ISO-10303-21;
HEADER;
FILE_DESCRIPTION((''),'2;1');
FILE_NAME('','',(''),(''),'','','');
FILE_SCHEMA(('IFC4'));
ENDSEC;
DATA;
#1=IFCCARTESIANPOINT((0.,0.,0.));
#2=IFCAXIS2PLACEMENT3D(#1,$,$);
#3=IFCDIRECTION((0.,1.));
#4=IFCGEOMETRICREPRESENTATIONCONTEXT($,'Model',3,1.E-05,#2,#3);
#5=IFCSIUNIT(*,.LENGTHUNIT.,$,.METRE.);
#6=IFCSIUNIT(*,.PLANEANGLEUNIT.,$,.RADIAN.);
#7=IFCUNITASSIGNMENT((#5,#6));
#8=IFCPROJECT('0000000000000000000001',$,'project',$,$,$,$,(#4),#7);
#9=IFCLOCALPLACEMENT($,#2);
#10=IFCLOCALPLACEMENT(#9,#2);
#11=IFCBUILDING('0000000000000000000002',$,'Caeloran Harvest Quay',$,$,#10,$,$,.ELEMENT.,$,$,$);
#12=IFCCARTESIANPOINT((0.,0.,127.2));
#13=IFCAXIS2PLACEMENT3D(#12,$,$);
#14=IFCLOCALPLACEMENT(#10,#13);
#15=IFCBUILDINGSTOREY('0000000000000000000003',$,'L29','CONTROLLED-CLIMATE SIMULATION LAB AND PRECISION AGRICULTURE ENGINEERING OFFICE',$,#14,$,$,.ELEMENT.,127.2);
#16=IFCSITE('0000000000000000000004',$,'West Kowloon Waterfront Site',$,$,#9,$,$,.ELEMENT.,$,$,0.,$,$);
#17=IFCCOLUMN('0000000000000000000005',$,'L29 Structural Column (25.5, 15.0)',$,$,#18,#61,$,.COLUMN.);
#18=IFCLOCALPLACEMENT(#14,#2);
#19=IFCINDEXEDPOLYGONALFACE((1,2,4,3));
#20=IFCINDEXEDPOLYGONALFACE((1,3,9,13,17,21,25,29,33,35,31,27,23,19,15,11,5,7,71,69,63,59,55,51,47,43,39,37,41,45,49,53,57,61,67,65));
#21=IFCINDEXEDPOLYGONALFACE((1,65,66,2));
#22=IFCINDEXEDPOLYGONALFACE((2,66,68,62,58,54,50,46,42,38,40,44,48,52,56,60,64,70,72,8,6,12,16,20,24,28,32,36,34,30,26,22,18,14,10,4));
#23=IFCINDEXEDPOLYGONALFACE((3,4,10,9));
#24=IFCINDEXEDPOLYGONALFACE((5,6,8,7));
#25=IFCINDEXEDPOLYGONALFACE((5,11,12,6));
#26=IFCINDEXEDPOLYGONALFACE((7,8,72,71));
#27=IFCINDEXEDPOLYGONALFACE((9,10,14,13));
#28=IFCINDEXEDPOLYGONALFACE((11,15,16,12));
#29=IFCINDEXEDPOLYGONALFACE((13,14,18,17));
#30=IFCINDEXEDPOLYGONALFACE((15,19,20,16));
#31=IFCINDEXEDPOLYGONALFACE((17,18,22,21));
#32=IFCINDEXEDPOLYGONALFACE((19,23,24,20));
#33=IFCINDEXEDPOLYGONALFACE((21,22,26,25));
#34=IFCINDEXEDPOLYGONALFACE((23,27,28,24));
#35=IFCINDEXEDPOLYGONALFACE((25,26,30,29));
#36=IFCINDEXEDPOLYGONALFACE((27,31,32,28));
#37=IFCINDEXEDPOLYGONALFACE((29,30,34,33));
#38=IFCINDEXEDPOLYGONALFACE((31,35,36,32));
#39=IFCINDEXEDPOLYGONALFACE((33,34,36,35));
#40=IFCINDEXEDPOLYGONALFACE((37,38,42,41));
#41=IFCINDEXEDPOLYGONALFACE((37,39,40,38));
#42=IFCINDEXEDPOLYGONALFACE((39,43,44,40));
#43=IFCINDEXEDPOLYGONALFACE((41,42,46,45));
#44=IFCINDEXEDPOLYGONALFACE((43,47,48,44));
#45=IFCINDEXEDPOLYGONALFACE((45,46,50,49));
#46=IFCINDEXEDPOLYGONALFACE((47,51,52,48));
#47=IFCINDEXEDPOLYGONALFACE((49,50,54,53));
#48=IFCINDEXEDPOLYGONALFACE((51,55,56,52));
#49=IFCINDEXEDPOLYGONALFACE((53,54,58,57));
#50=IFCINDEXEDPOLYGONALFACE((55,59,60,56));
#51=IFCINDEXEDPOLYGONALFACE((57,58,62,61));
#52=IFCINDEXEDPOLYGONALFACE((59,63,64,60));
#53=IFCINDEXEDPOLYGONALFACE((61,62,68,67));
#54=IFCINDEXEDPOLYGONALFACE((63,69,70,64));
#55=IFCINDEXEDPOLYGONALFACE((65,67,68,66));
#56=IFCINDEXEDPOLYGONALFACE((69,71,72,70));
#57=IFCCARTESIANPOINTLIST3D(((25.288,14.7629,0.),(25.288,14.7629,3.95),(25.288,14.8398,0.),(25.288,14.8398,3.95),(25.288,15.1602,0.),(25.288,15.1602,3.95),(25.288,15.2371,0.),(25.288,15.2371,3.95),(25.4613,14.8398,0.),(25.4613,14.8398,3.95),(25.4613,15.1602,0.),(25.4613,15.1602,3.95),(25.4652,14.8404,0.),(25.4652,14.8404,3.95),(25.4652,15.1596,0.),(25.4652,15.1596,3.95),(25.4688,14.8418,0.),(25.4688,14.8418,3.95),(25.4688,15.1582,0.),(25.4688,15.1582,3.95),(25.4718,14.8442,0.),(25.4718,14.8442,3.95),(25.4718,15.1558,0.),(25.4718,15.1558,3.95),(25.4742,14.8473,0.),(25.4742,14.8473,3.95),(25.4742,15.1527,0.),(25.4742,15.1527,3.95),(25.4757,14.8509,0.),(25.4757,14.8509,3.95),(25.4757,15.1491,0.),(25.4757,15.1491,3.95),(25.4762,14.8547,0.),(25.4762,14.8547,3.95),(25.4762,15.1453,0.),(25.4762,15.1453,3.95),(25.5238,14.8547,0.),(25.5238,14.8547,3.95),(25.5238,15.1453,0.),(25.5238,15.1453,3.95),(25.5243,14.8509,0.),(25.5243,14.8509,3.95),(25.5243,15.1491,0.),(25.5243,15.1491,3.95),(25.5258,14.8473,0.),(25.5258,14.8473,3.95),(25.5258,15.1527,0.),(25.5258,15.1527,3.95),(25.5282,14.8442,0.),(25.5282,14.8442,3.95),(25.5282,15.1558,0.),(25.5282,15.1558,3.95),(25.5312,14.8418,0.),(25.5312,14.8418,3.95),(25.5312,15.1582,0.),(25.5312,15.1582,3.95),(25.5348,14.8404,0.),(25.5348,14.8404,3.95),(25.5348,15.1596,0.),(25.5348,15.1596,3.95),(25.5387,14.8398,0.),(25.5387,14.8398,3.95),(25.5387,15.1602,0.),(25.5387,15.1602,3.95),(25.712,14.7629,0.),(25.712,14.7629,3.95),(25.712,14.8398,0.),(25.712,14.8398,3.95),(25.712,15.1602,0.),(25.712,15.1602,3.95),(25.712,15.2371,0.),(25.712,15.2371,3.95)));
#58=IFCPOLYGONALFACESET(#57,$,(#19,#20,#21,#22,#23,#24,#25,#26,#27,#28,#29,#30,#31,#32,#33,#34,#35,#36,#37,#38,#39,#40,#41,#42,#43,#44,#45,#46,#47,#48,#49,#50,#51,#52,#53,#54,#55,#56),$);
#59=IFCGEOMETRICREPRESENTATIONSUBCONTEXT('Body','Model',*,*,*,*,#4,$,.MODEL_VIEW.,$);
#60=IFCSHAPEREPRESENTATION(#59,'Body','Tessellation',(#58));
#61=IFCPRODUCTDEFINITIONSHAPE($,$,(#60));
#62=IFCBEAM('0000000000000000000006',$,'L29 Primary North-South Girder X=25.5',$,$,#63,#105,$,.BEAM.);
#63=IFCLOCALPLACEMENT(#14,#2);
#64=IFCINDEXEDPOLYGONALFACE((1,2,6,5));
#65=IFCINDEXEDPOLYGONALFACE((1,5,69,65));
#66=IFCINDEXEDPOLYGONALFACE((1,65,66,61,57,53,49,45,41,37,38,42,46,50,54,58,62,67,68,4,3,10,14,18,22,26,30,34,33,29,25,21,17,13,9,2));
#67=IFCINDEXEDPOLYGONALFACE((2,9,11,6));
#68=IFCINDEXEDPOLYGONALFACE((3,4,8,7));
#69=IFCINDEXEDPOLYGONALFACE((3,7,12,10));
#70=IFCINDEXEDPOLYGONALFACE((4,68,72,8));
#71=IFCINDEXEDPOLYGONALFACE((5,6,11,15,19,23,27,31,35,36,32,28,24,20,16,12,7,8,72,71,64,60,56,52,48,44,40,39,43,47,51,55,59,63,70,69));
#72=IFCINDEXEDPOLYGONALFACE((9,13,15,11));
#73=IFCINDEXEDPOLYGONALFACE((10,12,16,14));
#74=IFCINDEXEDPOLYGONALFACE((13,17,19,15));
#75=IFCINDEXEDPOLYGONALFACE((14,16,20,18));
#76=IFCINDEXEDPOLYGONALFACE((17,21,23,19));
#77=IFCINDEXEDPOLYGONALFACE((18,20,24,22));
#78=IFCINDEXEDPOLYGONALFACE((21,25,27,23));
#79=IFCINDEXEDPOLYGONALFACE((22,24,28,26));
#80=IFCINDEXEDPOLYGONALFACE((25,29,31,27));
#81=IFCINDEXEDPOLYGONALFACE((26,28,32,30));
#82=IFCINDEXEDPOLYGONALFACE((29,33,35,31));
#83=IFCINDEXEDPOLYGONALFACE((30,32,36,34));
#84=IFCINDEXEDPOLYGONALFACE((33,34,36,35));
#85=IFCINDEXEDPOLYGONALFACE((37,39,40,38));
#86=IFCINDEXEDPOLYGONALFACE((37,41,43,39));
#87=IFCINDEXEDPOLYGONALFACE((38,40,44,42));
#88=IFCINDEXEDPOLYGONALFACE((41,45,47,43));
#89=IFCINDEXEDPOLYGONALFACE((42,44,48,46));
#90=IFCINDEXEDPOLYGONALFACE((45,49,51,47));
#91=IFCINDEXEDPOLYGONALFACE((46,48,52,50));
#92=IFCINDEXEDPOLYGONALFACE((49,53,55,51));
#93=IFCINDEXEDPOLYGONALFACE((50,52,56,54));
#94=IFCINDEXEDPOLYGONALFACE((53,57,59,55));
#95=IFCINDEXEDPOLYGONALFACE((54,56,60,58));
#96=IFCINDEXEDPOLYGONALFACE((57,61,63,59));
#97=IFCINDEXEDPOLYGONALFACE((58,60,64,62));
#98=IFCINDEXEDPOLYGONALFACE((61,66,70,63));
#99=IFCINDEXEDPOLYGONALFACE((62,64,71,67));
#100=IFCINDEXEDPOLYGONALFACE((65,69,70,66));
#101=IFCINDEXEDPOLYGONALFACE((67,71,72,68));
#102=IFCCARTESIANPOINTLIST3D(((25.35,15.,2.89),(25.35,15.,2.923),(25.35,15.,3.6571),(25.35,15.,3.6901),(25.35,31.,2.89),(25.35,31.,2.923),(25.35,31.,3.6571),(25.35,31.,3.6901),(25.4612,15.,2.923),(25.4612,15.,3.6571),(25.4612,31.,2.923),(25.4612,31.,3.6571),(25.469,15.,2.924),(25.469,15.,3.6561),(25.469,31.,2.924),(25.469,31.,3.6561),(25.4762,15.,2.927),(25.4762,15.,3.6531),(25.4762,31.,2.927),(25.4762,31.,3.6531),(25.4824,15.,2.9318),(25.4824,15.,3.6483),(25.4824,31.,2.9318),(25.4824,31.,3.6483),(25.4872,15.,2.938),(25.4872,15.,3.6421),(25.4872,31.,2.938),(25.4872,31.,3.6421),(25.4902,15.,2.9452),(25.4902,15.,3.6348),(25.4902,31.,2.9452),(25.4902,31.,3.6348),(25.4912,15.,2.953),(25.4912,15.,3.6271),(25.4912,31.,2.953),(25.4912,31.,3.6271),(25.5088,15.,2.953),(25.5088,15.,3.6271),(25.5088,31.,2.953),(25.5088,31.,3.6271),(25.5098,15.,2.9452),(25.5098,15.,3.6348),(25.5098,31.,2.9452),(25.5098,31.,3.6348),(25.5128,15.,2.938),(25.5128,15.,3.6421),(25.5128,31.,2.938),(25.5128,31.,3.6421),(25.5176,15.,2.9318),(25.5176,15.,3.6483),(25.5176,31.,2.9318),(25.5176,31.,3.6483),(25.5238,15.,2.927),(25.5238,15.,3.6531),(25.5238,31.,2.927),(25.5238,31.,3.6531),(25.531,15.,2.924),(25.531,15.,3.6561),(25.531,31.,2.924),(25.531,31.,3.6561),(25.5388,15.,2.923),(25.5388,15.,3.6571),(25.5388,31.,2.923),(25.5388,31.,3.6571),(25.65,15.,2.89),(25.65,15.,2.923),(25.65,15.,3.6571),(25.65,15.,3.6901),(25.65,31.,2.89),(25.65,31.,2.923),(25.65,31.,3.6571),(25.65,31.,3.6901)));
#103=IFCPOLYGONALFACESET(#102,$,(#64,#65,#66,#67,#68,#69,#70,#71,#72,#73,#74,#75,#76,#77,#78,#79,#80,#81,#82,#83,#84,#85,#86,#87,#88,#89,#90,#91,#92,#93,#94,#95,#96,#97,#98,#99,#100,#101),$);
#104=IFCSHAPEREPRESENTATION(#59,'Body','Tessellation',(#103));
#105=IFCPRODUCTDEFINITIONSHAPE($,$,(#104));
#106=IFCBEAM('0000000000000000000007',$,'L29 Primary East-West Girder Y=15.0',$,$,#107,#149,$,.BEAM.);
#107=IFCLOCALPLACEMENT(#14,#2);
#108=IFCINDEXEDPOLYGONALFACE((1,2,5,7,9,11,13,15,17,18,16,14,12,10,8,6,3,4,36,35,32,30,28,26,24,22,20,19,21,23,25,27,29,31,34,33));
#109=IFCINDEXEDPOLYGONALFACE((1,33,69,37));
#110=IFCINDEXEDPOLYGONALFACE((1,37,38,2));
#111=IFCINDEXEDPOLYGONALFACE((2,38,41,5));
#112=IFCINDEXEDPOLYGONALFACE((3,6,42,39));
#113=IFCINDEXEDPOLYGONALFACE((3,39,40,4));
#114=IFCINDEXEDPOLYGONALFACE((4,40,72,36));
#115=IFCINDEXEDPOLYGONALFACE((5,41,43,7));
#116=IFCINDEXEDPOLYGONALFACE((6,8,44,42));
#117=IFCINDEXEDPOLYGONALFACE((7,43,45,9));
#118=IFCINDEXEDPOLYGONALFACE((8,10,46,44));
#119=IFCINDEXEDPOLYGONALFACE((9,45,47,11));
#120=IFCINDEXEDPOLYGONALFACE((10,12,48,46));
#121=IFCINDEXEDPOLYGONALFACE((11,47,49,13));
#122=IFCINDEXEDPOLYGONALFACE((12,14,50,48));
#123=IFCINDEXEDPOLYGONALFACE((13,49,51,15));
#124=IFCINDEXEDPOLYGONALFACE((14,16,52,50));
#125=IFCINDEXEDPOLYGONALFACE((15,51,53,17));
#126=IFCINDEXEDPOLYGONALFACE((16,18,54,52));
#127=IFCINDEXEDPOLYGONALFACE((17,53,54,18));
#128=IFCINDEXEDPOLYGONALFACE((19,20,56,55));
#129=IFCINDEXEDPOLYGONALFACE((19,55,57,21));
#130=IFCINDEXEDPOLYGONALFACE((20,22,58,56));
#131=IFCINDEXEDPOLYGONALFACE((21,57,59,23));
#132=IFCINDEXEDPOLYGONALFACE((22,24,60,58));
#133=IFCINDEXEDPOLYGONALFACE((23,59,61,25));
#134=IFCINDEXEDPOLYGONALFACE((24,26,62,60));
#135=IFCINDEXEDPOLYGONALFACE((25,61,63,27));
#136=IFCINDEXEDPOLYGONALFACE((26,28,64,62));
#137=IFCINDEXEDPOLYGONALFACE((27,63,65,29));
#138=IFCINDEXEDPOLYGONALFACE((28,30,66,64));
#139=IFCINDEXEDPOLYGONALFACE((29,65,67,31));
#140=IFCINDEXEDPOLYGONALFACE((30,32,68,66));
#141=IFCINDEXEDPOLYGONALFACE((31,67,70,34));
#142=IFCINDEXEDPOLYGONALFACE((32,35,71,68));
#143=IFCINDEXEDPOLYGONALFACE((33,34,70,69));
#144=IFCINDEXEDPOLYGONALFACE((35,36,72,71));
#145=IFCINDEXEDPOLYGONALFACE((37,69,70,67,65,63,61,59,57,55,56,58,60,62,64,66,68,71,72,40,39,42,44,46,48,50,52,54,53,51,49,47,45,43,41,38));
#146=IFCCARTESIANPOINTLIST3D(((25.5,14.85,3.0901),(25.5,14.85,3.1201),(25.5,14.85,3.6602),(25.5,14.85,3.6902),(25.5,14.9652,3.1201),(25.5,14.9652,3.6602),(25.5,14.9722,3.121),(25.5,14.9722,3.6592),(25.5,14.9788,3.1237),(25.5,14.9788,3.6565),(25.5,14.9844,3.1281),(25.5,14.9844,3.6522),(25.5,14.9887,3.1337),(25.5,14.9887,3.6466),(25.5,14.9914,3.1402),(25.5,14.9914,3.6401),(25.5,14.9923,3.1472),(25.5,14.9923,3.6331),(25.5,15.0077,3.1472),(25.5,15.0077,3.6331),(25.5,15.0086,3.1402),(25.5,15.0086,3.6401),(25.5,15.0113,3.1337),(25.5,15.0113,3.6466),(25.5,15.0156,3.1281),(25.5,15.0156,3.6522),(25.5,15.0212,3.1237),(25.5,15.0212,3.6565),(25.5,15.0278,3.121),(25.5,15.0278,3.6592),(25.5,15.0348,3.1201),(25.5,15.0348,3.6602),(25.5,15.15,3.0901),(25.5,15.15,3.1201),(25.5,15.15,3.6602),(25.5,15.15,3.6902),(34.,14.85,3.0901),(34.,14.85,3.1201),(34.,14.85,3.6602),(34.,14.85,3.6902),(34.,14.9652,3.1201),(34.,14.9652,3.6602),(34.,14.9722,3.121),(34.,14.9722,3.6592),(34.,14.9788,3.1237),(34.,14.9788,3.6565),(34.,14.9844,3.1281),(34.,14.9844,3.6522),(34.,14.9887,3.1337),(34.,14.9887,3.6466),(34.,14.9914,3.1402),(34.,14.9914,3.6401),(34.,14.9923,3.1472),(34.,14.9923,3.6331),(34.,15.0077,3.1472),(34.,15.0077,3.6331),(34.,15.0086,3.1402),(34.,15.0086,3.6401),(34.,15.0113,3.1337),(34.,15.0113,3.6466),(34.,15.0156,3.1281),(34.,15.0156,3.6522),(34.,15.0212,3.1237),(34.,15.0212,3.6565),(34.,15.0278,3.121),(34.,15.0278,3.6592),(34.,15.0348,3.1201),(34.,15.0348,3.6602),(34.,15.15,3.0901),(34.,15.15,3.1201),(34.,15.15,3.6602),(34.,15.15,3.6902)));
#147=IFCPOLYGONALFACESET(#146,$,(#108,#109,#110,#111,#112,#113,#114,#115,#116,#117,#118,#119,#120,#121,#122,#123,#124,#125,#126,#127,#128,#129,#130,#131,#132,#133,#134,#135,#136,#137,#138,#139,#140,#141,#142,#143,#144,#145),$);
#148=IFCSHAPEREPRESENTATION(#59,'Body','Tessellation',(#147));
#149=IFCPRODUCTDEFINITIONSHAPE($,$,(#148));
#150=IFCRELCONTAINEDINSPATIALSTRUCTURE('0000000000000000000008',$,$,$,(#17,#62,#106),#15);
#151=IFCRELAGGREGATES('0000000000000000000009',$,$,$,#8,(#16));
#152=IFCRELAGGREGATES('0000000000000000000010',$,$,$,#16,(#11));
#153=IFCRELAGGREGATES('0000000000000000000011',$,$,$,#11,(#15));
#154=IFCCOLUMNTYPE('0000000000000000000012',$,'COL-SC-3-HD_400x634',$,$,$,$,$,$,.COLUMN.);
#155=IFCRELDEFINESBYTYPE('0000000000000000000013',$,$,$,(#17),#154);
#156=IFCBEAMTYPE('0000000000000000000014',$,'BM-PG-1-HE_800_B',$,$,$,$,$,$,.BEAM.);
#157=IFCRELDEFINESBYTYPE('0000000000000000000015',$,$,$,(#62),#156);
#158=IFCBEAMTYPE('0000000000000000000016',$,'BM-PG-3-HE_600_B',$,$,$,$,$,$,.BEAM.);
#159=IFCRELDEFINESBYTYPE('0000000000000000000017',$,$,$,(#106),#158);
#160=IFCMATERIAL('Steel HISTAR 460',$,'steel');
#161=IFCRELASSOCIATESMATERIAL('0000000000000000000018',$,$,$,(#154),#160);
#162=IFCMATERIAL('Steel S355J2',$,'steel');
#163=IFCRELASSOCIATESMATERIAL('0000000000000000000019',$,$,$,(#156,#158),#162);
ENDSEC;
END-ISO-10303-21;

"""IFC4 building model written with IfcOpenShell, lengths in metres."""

from ifc_helpers import new_model, si_unit, direction, frame, origin, origin_2d, place, context, subcontext, project, spatial, i_section, extrude, material, material_profile, profile_set, type_object, element, save


model = new_model("IFC4")

# Units and contexts
model_context = context("Model", 3, precision=1e-05, world=origin(), true_north=direction((0.0, 1.0)))
body_context = subcontext(model_context, "Body", "Model", "MODEL_VIEW")
ifc_project = project(units=[si_unit("LENGTHUNIT", "METRE"), si_unit("PLANEANGLEUNIT", "RADIAN")], contexts=[model_context])

# Site, building, storey
site_placement = place(None, origin())
site = spatial("IfcSite", under=ifc_project, at=site_placement, Name="West Kowloon Waterfront Site", CompositionType="ELEMENT", RefElevation=0.0)
building_placement = place(site_placement, origin())
building = spatial("IfcBuilding", under=site, at=building_placement, Name="Caeloran Harvest Quay", CompositionType="ELEMENT")
storey_placement = place(building_placement, frame((0.0, 0.0, 127.2)))
storey = spatial("IfcBuildingStorey", under=building, at=storey_placement, Name="L29", Description="CONTROLLED-CLIMATE SIMULATION LAB AND PRECISION AGRICULTURE ENGINEERING OFFICE", CompositionType="ELEMENT", Elevation=127.2)

# Column
ifc_material_1 = material(Name="Steel HISTAR 460", Category="steel")
ifc_material_profile_1 = material_profile(ifc_material_1, i_section(OverallWidth=0.4241, OverallDepth=0.4741, WebThickness=0.0476, FlangeThickness=0.0769, FilletRadius=0.0149, at=origin_2d()), Name="HD 400x634")
ifc_profile_set_1 = profile_set([ifc_material_profile_1], Name="Steel HISTAR 460")
column_type = type_object("IfcColumnType", Name="COL-SC-3-HD_400x634", PredefinedType="COLUMN", material=ifc_profile_set_1)
column_placement = place(storey_placement, frame((25.5, 15.0, 0.0), z_axis=(0.0, 0.0, 1.0), x_axis=(1.0, 0.0, 0.0)))
element("IfcColumn", 1, at=column_placement, inside=storey, type_object=column_type, Name="L29 Structural Column (25.5, 15.0)", PredefinedType="COLUMN", context=body_context, shape_type="SweptSolid", body=[
    extrude(i_section(OverallWidth=0.4241, OverallDepth=0.4741, WebThickness=0.0476, FlangeThickness=0.0769, FilletRadius=0.0149, at=origin_2d()), origin(), (0.0, 0.0, 1.0), 3.95),
])

# Beams
ifc_material_2 = material(Name="Steel S355J2", Category="steel")
ifc_material_profile_2 = material_profile(ifc_material_2, i_section(OverallWidth=0.3, OverallDepth=0.8, WebThickness=0.0176, FlangeThickness=0.033, FilletRadius=0.03, at=origin_2d()), Name="HE 800 B")
ifc_profile_set_2 = profile_set([ifc_material_profile_2], Name="Steel S355J2")
beam_type_1 = type_object("IfcBeamType", Name="BM-PG-1-HE_800_B", PredefinedType="BEAM", material=ifc_profile_set_2)
beam_1_placement = place(storey_placement, frame((25.5, 15.0, 3.29), z_axis=(0.0, 1.0, 0.0), x_axis=(-1.0, 0.0, 0.0)))
element("IfcBeam", 2, at=beam_1_placement, inside=storey, type_object=beam_type_1, Name="L29 Primary North-South Girder X=25.5", PredefinedType="BEAM", context=body_context, shape_type="SweptSolid", body=[
    extrude(i_section(OverallWidth=0.3, OverallDepth=0.8, WebThickness=0.0176, FlangeThickness=0.033, FilletRadius=0.03, at=origin_2d()), origin(), (0.0, 0.0, 1.0), 16.0),
])
ifc_material_profile_3 = material_profile(ifc_material_2, i_section(OverallWidth=0.3, OverallDepth=0.6001, WebThickness=0.0154, FlangeThickness=0.03, FilletRadius=0.0271, at=origin_2d()), Name="HE 600 B")
ifc_profile_set_3 = profile_set([ifc_material_profile_3], Name="Steel S355J2")
beam_type_2 = type_object("IfcBeamType", Name="BM-PG-3-HE_600_B", PredefinedType="BEAM", material=ifc_profile_set_3)
beam_2_placement = place(storey_placement, frame((25.5, 15.0, 3.3901), z_axis=(1.0, 0.0, 0.0), x_axis=(0.0, 1.0, 0.0)))
element("IfcBeam", 3, at=beam_2_placement, inside=storey, type_object=beam_type_2, Name="L29 Primary East-West Girder Y=15.0", PredefinedType="BEAM", context=body_context, shape_type="SweptSolid", body=[
    extrude(i_section(OverallWidth=0.3, OverallDepth=0.6001, WebThickness=0.0154, FlangeThickness=0.03, FilletRadius=0.0271, at=origin_2d()), origin(), (0.0, 0.0, 1.0), 8.5),
])

save(model, "model.ifc")
